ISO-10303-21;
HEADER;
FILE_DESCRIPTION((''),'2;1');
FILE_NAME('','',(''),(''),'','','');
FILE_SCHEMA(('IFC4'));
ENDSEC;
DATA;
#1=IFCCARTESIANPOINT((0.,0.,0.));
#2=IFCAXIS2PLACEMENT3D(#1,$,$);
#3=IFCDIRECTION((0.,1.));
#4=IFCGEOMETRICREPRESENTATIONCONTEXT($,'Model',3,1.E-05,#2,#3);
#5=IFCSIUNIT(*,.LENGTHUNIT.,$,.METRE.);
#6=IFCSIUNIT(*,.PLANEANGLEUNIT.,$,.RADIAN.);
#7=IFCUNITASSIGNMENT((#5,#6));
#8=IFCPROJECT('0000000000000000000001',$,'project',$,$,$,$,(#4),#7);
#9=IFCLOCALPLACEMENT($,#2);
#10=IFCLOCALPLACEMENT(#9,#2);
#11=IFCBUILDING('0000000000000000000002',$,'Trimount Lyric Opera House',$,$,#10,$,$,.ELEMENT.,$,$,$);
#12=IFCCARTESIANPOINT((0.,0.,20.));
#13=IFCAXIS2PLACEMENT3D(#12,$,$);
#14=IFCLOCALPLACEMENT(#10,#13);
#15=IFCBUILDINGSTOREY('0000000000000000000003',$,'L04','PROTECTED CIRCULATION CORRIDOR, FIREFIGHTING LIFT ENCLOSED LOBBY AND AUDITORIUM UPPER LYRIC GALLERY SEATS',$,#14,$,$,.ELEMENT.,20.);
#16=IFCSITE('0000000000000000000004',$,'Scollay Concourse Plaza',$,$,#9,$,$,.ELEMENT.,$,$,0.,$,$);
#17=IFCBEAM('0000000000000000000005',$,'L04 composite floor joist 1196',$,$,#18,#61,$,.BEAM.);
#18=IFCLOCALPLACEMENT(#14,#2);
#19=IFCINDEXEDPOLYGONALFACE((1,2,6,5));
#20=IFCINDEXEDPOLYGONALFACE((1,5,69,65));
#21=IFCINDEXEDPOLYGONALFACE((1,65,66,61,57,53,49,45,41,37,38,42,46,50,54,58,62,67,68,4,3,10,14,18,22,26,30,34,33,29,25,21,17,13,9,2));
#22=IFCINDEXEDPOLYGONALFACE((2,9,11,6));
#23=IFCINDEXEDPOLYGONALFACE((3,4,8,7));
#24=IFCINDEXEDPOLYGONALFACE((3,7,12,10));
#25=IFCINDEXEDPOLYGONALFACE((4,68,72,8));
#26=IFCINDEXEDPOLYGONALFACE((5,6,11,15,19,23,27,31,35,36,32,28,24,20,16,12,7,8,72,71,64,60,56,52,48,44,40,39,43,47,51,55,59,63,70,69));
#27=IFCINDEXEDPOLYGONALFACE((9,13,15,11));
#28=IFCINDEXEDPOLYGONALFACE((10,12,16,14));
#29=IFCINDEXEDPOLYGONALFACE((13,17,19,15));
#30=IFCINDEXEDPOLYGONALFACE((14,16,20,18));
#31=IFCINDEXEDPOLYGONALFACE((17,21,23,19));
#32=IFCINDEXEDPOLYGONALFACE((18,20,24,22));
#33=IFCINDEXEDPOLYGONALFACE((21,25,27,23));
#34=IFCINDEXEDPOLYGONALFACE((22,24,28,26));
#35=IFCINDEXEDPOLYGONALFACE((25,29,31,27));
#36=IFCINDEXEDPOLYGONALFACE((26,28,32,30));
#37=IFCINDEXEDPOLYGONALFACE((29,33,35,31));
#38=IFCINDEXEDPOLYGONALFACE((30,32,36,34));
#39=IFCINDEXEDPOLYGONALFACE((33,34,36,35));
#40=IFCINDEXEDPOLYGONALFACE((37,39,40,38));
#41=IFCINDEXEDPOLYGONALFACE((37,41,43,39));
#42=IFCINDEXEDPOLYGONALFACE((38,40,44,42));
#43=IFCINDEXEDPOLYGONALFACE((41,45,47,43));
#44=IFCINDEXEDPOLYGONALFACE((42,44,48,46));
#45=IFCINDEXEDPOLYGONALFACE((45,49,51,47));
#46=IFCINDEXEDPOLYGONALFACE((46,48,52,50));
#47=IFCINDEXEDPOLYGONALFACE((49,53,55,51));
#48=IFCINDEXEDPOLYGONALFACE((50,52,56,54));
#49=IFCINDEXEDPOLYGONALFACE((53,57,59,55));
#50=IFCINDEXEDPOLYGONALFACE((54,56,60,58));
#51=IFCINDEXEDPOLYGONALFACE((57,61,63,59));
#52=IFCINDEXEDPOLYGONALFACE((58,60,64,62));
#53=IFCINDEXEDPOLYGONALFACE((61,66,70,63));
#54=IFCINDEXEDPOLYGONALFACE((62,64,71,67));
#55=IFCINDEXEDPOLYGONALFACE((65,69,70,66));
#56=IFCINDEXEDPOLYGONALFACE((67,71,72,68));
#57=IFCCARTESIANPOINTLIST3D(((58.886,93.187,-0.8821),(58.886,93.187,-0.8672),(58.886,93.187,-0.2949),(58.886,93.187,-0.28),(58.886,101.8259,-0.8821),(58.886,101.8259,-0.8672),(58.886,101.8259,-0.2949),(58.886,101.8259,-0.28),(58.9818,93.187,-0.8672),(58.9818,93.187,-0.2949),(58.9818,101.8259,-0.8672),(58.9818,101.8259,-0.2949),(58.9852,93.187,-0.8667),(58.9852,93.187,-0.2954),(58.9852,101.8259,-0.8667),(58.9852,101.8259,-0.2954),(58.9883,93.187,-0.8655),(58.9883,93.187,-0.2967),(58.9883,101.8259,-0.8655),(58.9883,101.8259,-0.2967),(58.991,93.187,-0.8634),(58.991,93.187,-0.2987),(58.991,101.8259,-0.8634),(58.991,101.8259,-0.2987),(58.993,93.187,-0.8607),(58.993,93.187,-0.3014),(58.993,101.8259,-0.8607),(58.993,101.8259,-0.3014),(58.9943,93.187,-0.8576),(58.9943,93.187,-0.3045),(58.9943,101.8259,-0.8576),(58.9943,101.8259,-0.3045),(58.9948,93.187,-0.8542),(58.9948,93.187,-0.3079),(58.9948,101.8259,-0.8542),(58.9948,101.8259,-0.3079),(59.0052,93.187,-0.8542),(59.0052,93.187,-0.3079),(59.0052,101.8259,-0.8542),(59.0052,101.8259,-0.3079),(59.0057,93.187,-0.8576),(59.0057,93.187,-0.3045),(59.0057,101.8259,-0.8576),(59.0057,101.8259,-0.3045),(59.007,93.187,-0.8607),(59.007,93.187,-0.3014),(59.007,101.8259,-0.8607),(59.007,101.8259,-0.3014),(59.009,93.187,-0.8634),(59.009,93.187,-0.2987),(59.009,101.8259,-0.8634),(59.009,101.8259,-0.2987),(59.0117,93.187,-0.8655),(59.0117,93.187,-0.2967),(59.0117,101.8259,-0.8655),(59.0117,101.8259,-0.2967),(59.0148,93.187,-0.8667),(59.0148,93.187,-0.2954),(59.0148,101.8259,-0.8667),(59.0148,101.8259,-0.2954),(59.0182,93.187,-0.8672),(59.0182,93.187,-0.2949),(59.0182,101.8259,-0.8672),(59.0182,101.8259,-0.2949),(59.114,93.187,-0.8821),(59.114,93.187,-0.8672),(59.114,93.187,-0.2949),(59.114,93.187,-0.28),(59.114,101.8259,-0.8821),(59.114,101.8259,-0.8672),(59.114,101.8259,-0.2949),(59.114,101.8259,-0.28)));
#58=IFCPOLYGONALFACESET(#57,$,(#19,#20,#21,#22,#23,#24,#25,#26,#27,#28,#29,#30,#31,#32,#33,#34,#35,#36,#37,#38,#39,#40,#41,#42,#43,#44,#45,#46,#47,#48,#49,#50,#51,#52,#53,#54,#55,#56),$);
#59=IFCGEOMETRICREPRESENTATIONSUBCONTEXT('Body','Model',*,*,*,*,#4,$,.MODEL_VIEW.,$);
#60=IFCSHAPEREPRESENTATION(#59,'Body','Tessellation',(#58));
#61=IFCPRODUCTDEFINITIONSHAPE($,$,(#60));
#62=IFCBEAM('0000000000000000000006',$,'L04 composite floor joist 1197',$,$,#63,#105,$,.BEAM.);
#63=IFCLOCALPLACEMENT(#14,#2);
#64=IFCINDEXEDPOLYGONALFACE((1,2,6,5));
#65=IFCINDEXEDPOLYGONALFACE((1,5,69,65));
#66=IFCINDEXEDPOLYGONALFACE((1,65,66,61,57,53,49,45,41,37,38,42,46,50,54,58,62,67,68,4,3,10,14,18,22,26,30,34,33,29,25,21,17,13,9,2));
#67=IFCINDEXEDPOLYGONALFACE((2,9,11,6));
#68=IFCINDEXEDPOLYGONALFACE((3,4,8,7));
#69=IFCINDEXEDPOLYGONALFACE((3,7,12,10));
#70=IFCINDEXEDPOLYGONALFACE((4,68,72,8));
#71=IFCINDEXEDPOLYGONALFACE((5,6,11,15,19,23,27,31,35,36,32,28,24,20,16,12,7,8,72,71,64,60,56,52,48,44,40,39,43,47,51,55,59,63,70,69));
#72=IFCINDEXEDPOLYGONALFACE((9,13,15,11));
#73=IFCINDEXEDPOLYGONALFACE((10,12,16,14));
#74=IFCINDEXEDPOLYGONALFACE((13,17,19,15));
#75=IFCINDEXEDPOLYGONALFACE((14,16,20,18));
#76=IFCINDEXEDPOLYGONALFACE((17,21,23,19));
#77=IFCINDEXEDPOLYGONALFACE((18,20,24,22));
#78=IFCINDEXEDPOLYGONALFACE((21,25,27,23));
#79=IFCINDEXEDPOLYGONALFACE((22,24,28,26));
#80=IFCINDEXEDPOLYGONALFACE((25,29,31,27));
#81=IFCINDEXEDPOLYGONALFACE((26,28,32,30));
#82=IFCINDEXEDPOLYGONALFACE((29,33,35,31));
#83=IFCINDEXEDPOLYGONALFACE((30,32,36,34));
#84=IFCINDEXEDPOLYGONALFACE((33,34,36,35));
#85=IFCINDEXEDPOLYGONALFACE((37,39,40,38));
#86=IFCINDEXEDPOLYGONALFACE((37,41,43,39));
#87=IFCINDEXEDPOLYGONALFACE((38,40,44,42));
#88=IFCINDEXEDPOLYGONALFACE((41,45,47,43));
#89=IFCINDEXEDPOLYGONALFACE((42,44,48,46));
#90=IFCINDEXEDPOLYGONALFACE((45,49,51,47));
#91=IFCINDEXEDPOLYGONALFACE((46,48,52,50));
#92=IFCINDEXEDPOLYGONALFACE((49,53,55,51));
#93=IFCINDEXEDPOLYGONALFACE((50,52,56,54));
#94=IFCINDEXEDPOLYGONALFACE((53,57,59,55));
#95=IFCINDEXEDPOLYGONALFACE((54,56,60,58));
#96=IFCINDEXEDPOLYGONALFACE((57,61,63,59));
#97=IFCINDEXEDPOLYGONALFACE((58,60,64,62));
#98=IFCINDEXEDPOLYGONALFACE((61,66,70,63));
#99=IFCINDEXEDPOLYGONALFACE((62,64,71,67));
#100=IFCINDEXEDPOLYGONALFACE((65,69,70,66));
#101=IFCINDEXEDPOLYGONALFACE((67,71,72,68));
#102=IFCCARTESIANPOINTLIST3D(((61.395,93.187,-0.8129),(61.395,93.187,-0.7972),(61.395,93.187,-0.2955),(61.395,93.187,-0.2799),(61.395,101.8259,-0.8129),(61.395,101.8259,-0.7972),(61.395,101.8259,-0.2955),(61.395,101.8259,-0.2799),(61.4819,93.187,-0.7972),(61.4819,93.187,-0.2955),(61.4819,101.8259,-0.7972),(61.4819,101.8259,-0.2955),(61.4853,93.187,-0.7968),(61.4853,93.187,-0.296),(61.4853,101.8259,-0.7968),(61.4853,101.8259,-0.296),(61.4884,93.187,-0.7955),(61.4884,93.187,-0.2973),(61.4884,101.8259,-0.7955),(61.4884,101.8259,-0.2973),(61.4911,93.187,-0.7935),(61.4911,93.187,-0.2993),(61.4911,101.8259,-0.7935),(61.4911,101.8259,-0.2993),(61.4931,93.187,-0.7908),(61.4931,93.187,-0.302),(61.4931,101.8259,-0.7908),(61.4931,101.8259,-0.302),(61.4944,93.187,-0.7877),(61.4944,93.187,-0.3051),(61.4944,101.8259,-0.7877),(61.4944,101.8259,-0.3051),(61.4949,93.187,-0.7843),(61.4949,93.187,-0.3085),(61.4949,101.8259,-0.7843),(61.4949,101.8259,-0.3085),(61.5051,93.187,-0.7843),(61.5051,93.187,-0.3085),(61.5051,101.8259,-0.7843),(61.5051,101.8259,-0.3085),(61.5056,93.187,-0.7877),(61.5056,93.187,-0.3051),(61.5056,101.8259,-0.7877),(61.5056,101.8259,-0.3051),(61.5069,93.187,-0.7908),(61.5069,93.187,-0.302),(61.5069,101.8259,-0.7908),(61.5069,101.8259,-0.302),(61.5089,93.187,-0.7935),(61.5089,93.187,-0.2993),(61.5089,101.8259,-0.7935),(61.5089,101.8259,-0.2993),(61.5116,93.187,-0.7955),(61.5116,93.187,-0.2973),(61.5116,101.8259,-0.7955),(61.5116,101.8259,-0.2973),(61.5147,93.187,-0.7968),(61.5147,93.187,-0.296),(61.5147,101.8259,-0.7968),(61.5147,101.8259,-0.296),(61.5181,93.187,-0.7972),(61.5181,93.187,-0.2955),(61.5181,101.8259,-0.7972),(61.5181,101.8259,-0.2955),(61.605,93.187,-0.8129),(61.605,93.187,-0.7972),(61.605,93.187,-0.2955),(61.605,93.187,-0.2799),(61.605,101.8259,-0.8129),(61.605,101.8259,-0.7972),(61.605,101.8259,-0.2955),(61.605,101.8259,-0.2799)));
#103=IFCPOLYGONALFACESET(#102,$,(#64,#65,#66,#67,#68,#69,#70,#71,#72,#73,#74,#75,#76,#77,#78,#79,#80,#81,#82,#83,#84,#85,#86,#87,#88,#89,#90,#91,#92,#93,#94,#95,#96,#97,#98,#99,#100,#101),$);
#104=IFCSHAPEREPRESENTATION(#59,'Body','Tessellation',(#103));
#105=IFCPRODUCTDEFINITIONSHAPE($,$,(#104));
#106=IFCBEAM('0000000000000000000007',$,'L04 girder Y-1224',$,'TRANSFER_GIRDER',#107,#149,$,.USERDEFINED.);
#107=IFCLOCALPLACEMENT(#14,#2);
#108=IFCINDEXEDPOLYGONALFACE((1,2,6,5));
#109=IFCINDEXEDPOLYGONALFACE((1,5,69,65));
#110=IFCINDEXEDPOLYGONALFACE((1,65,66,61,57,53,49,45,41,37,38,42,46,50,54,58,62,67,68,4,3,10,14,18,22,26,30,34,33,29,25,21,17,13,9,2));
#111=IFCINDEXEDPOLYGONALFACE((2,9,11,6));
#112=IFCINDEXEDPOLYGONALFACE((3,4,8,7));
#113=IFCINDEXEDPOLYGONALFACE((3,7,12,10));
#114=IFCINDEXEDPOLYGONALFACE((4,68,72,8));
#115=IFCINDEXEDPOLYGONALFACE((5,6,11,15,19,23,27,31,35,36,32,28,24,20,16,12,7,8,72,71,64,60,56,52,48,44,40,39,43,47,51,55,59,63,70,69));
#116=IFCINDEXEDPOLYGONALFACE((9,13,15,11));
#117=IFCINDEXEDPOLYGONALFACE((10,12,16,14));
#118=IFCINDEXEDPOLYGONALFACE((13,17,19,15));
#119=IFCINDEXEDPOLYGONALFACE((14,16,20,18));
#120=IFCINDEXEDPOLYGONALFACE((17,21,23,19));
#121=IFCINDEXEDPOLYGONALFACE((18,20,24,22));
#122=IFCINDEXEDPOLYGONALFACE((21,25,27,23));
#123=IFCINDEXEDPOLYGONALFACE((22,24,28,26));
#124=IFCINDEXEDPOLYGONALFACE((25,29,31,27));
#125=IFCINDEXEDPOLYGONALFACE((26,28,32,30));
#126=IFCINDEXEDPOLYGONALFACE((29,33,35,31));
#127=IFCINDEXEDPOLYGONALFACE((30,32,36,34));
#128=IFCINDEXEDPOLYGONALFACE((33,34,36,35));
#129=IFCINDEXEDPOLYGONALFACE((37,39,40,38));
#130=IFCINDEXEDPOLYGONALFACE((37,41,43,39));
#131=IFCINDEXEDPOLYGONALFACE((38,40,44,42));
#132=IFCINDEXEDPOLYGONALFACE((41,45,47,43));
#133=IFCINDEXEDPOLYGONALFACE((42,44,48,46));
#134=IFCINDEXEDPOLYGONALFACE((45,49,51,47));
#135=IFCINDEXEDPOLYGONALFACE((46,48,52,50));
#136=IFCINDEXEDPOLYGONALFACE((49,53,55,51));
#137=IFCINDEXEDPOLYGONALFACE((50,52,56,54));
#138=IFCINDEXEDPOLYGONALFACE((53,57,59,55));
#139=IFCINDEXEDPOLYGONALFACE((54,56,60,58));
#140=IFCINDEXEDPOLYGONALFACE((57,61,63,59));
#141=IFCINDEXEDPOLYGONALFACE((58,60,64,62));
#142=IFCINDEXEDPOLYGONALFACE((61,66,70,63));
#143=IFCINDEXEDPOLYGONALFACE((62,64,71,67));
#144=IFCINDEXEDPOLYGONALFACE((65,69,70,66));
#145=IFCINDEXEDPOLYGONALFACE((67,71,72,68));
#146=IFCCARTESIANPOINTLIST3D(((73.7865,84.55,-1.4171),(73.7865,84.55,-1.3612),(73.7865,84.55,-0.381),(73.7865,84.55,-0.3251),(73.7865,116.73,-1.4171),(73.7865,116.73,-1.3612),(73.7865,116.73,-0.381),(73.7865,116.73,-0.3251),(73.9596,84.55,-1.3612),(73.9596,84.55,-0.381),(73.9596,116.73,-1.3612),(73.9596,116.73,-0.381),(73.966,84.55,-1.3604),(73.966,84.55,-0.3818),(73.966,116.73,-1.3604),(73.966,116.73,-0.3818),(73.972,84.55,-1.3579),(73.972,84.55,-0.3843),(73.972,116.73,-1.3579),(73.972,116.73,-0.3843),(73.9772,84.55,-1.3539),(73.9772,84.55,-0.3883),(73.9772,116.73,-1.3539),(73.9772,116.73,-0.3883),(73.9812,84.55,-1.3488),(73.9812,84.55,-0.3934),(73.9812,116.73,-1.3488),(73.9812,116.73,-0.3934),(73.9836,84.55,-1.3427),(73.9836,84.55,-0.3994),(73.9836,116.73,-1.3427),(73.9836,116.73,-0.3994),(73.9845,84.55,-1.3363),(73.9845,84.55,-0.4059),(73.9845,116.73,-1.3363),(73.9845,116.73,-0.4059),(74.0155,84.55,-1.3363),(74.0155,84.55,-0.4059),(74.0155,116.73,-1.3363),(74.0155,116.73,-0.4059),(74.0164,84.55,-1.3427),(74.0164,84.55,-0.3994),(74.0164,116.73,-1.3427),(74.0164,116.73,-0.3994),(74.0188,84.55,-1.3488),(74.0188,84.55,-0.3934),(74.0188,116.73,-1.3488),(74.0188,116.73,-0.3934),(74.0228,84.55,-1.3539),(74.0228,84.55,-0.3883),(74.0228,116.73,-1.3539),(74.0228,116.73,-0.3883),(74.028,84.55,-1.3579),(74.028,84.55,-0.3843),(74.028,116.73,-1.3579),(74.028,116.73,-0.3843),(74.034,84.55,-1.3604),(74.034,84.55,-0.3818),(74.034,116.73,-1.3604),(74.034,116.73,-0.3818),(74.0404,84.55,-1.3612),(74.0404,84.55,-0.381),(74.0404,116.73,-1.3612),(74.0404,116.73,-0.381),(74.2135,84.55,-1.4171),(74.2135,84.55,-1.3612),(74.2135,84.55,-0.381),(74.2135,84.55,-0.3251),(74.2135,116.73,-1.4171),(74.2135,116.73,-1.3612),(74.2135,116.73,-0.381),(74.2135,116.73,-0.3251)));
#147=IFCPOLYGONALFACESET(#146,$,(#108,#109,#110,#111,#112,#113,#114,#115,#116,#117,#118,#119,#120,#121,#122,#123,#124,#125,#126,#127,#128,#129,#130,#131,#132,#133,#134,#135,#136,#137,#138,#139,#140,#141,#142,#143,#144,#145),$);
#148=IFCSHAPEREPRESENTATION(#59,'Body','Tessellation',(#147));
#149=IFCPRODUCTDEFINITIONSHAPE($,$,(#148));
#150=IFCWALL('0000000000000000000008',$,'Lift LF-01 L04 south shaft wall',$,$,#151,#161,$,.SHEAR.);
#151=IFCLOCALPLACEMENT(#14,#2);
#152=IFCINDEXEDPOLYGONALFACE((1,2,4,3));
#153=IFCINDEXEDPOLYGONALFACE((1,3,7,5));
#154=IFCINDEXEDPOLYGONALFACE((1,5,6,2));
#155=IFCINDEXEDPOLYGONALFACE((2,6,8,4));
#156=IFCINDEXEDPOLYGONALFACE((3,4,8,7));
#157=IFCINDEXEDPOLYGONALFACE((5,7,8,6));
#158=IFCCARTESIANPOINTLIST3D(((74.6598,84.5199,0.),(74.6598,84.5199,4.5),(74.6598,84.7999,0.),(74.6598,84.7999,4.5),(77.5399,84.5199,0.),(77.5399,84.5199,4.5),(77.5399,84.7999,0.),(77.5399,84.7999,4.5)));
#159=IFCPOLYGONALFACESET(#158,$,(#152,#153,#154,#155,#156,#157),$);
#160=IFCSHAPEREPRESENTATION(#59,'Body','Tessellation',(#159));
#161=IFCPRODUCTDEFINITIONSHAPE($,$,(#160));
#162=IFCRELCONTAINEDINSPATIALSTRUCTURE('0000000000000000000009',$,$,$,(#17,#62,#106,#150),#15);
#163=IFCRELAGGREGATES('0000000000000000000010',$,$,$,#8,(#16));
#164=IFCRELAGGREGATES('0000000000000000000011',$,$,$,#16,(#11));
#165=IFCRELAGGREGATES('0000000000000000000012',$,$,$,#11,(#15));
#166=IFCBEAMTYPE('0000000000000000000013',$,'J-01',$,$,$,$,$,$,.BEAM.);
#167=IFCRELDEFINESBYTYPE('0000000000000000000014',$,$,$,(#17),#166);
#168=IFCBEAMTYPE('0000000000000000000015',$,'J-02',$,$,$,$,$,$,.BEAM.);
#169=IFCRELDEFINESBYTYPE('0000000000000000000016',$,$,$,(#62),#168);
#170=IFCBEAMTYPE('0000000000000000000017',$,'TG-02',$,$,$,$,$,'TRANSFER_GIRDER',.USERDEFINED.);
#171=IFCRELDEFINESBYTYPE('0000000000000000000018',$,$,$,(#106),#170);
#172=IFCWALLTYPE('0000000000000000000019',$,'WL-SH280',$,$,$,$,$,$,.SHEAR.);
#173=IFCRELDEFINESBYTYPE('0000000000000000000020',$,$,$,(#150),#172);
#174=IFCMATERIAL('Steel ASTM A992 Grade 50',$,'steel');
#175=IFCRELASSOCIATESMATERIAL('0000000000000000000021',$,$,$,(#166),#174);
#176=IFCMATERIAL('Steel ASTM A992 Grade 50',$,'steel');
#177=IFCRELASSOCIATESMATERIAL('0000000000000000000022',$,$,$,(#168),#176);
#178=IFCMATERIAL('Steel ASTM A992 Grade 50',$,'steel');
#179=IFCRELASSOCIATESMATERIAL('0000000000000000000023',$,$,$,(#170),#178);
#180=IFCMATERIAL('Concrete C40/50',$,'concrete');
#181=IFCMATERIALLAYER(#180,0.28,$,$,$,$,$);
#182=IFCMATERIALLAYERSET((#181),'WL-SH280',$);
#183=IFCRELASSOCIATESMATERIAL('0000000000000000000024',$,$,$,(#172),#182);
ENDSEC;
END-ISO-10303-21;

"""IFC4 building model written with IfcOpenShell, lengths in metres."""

from ifc_helpers import new_model, si_unit, direction, frame, frame_2d, origin, origin_2d, place, context, subcontext, project, spatial, rectangle, i_section, extrude, material, layer, layer_set, material_profile, profile_set, type_object, element, save


model = new_model("IFC4")

# Units and contexts
model_context = context("Model", 3, precision=1e-05, world=origin(), true_north=direction((0.0, 1.0)))
body_context = subcontext(model_context, "Body", "Model", "MODEL_VIEW")
ifc_project = project(units=[si_unit("LENGTHUNIT", "METRE"), si_unit("PLANEANGLEUNIT", "RADIAN")], contexts=[model_context])

# Site, building, storey
site_placement = place(None, origin())
site = spatial("IfcSite", under=ifc_project, at=site_placement, Name="Scollay Concourse Plaza", CompositionType="ELEMENT", RefElevation=0.0)
building_placement = place(site_placement, origin())
building = spatial("IfcBuilding", under=site, at=building_placement, Name="Trimount Lyric Opera House", CompositionType="ELEMENT")
storey_placement = place(building_placement, frame((0.0, 0.0, 20.0)))
storey = spatial("IfcBuildingStorey", under=building, at=storey_placement, Name="L04", Description="PROTECTED CIRCULATION CORRIDOR, FIREFIGHTING LIFT ENCLOSED LOBBY AND AUDITORIUM UPPER LYRIC GALLERY SEATS", CompositionType="ELEMENT", Elevation=20.0)

# Beams
ifc_material_1 = material(Name="Steel ASTM A992 Grade 50", Category="steel")
ifc_material_profile_1 = material_profile(ifc_material_1, i_section(OverallWidth=0.228, OverallDepth=0.6021, WebThickness=0.0105, FlangeThickness=0.0149, FilletRadius=0.0129, at=origin_2d()), Name="W24X68")
ifc_profile_set_1 = profile_set([ifc_material_profile_1], Name="Steel ASTM A992 Grade 50")
beam_type_1 = type_object("IfcBeamType", Name="J-01", PredefinedType="BEAM", material=ifc_profile_set_1)
beam_1_placement = place(storey_placement, frame((59.0, 93.187, -0.5811), z_axis=(0.0, 1.0, 0.0), x_axis=(-1.0, 0.0, 0.0)))
element("IfcBeam", 1, at=beam_1_placement, inside=storey, type_object=beam_type_1, Name="L04 composite floor joist 1196", PredefinedType="BEAM", context=body_context, shape_type="SweptSolid", body=[
    extrude(i_section(OverallWidth=0.228, OverallDepth=0.6021, WebThickness=0.0105, FlangeThickness=0.0149, FilletRadius=0.0129, at=origin_2d()), origin(), (0.0, 0.0, 1.0), 8.6389),
])
ifc_material_2 = material(Name="Steel ASTM A992 Grade 50", Category="steel")
ifc_material_profile_2 = material_profile(ifc_material_2, i_section(OverallWidth=0.21, OverallDepth=0.533, WebThickness=0.0103, FlangeThickness=0.0156, FilletRadius=0.0129, at=origin_2d()), Name="W21X62")
ifc_profile_set_2 = profile_set([ifc_material_profile_2], Name="Steel ASTM A992 Grade 50")
beam_type_2 = type_object("IfcBeamType", Name="J-02", PredefinedType="BEAM", material=ifc_profile_set_2)
beam_2_placement = place(storey_placement, frame((61.5, 93.187, -0.5464), z_axis=(0.0, 1.0, 0.0), x_axis=(-1.0, 0.0, 0.0)))
element("IfcBeam", 2, at=beam_2_placement, inside=storey, type_object=beam_type_2, Name="L04 composite floor joist 1197", PredefinedType="BEAM", context=body_context, shape_type="SweptSolid", body=[
    extrude(i_section(OverallWidth=0.21, OverallDepth=0.533, WebThickness=0.0103, FlangeThickness=0.0156, FilletRadius=0.0129, at=origin_2d()), origin(), (0.0, 0.0, 1.0), 8.6389),
])
ifc_material_3 = material(Name="Steel ASTM A992 Grade 50", Category="steel")
ifc_material_profile_3 = material_profile(ifc_material_3, i_section(OverallWidth=0.427, OverallDepth=1.092, WebThickness=0.031, FlangeThickness=0.0559, FilletRadius=0.0249, at=origin_2d()), Name="W40X397")
ifc_profile_set_3 = profile_set([ifc_material_profile_3], Name="Steel ASTM A992 Grade 50")
beam_type_3 = type_object("IfcBeamType", Name="TG-02", ElementType="TRANSFER_GIRDER", PredefinedType="USERDEFINED", material=ifc_profile_set_3)
beam_3_placement = place(storey_placement, frame((74.0, 84.55, -0.8711), z_axis=(0.0, 1.0, 0.0), x_axis=(-1.0, 0.0, 0.0)))
element("IfcBeam", 3, at=beam_3_placement, inside=storey, type_object=beam_type_3, Name="L04 girder Y-1224", ObjectType="TRANSFER_GIRDER", PredefinedType="USERDEFINED", context=body_context, shape_type="SweptSolid", body=[
    extrude(i_section(OverallWidth=0.427, OverallDepth=1.092, WebThickness=0.031, FlangeThickness=0.0559, FilletRadius=0.0249, at=origin_2d()), origin(), (0.0, 0.0, 1.0), 32.1799),
])

# Wall
ifc_material_4 = material(Name="Concrete C40/50", Category="concrete")
ifc_layer_1 = layer(ifc_material_4, 0.28)
ifc_layer_set_1 = layer_set([ifc_layer_1], Name="WL-SH280")
wall_type_1 = type_object("IfcWallType", Name="WL-SH280", PredefinedType="SHEAR", material=ifc_layer_set_1)
wall_1_placement = place(storey_placement, frame((74.6599, 84.6599, 0.0), z_axis=(0.0, 0.0, 1.0), x_axis=(1.0, 0.0, 0.0)))
element("IfcWall", 4, at=wall_1_placement, inside=storey, type_object=wall_type_1, Name="Lift LF-01 L04 south shaft wall", PredefinedType="SHEAR", context=body_context, shape_type="SweptSolid", body=[
    extrude(rectangle(XDim=2.8801, YDim=0.28, at=frame_2d((1.4399, 0.0))), origin(), (0.0, 0.0, 1.0), 4.5),
])

save(model, "model.ifc")
